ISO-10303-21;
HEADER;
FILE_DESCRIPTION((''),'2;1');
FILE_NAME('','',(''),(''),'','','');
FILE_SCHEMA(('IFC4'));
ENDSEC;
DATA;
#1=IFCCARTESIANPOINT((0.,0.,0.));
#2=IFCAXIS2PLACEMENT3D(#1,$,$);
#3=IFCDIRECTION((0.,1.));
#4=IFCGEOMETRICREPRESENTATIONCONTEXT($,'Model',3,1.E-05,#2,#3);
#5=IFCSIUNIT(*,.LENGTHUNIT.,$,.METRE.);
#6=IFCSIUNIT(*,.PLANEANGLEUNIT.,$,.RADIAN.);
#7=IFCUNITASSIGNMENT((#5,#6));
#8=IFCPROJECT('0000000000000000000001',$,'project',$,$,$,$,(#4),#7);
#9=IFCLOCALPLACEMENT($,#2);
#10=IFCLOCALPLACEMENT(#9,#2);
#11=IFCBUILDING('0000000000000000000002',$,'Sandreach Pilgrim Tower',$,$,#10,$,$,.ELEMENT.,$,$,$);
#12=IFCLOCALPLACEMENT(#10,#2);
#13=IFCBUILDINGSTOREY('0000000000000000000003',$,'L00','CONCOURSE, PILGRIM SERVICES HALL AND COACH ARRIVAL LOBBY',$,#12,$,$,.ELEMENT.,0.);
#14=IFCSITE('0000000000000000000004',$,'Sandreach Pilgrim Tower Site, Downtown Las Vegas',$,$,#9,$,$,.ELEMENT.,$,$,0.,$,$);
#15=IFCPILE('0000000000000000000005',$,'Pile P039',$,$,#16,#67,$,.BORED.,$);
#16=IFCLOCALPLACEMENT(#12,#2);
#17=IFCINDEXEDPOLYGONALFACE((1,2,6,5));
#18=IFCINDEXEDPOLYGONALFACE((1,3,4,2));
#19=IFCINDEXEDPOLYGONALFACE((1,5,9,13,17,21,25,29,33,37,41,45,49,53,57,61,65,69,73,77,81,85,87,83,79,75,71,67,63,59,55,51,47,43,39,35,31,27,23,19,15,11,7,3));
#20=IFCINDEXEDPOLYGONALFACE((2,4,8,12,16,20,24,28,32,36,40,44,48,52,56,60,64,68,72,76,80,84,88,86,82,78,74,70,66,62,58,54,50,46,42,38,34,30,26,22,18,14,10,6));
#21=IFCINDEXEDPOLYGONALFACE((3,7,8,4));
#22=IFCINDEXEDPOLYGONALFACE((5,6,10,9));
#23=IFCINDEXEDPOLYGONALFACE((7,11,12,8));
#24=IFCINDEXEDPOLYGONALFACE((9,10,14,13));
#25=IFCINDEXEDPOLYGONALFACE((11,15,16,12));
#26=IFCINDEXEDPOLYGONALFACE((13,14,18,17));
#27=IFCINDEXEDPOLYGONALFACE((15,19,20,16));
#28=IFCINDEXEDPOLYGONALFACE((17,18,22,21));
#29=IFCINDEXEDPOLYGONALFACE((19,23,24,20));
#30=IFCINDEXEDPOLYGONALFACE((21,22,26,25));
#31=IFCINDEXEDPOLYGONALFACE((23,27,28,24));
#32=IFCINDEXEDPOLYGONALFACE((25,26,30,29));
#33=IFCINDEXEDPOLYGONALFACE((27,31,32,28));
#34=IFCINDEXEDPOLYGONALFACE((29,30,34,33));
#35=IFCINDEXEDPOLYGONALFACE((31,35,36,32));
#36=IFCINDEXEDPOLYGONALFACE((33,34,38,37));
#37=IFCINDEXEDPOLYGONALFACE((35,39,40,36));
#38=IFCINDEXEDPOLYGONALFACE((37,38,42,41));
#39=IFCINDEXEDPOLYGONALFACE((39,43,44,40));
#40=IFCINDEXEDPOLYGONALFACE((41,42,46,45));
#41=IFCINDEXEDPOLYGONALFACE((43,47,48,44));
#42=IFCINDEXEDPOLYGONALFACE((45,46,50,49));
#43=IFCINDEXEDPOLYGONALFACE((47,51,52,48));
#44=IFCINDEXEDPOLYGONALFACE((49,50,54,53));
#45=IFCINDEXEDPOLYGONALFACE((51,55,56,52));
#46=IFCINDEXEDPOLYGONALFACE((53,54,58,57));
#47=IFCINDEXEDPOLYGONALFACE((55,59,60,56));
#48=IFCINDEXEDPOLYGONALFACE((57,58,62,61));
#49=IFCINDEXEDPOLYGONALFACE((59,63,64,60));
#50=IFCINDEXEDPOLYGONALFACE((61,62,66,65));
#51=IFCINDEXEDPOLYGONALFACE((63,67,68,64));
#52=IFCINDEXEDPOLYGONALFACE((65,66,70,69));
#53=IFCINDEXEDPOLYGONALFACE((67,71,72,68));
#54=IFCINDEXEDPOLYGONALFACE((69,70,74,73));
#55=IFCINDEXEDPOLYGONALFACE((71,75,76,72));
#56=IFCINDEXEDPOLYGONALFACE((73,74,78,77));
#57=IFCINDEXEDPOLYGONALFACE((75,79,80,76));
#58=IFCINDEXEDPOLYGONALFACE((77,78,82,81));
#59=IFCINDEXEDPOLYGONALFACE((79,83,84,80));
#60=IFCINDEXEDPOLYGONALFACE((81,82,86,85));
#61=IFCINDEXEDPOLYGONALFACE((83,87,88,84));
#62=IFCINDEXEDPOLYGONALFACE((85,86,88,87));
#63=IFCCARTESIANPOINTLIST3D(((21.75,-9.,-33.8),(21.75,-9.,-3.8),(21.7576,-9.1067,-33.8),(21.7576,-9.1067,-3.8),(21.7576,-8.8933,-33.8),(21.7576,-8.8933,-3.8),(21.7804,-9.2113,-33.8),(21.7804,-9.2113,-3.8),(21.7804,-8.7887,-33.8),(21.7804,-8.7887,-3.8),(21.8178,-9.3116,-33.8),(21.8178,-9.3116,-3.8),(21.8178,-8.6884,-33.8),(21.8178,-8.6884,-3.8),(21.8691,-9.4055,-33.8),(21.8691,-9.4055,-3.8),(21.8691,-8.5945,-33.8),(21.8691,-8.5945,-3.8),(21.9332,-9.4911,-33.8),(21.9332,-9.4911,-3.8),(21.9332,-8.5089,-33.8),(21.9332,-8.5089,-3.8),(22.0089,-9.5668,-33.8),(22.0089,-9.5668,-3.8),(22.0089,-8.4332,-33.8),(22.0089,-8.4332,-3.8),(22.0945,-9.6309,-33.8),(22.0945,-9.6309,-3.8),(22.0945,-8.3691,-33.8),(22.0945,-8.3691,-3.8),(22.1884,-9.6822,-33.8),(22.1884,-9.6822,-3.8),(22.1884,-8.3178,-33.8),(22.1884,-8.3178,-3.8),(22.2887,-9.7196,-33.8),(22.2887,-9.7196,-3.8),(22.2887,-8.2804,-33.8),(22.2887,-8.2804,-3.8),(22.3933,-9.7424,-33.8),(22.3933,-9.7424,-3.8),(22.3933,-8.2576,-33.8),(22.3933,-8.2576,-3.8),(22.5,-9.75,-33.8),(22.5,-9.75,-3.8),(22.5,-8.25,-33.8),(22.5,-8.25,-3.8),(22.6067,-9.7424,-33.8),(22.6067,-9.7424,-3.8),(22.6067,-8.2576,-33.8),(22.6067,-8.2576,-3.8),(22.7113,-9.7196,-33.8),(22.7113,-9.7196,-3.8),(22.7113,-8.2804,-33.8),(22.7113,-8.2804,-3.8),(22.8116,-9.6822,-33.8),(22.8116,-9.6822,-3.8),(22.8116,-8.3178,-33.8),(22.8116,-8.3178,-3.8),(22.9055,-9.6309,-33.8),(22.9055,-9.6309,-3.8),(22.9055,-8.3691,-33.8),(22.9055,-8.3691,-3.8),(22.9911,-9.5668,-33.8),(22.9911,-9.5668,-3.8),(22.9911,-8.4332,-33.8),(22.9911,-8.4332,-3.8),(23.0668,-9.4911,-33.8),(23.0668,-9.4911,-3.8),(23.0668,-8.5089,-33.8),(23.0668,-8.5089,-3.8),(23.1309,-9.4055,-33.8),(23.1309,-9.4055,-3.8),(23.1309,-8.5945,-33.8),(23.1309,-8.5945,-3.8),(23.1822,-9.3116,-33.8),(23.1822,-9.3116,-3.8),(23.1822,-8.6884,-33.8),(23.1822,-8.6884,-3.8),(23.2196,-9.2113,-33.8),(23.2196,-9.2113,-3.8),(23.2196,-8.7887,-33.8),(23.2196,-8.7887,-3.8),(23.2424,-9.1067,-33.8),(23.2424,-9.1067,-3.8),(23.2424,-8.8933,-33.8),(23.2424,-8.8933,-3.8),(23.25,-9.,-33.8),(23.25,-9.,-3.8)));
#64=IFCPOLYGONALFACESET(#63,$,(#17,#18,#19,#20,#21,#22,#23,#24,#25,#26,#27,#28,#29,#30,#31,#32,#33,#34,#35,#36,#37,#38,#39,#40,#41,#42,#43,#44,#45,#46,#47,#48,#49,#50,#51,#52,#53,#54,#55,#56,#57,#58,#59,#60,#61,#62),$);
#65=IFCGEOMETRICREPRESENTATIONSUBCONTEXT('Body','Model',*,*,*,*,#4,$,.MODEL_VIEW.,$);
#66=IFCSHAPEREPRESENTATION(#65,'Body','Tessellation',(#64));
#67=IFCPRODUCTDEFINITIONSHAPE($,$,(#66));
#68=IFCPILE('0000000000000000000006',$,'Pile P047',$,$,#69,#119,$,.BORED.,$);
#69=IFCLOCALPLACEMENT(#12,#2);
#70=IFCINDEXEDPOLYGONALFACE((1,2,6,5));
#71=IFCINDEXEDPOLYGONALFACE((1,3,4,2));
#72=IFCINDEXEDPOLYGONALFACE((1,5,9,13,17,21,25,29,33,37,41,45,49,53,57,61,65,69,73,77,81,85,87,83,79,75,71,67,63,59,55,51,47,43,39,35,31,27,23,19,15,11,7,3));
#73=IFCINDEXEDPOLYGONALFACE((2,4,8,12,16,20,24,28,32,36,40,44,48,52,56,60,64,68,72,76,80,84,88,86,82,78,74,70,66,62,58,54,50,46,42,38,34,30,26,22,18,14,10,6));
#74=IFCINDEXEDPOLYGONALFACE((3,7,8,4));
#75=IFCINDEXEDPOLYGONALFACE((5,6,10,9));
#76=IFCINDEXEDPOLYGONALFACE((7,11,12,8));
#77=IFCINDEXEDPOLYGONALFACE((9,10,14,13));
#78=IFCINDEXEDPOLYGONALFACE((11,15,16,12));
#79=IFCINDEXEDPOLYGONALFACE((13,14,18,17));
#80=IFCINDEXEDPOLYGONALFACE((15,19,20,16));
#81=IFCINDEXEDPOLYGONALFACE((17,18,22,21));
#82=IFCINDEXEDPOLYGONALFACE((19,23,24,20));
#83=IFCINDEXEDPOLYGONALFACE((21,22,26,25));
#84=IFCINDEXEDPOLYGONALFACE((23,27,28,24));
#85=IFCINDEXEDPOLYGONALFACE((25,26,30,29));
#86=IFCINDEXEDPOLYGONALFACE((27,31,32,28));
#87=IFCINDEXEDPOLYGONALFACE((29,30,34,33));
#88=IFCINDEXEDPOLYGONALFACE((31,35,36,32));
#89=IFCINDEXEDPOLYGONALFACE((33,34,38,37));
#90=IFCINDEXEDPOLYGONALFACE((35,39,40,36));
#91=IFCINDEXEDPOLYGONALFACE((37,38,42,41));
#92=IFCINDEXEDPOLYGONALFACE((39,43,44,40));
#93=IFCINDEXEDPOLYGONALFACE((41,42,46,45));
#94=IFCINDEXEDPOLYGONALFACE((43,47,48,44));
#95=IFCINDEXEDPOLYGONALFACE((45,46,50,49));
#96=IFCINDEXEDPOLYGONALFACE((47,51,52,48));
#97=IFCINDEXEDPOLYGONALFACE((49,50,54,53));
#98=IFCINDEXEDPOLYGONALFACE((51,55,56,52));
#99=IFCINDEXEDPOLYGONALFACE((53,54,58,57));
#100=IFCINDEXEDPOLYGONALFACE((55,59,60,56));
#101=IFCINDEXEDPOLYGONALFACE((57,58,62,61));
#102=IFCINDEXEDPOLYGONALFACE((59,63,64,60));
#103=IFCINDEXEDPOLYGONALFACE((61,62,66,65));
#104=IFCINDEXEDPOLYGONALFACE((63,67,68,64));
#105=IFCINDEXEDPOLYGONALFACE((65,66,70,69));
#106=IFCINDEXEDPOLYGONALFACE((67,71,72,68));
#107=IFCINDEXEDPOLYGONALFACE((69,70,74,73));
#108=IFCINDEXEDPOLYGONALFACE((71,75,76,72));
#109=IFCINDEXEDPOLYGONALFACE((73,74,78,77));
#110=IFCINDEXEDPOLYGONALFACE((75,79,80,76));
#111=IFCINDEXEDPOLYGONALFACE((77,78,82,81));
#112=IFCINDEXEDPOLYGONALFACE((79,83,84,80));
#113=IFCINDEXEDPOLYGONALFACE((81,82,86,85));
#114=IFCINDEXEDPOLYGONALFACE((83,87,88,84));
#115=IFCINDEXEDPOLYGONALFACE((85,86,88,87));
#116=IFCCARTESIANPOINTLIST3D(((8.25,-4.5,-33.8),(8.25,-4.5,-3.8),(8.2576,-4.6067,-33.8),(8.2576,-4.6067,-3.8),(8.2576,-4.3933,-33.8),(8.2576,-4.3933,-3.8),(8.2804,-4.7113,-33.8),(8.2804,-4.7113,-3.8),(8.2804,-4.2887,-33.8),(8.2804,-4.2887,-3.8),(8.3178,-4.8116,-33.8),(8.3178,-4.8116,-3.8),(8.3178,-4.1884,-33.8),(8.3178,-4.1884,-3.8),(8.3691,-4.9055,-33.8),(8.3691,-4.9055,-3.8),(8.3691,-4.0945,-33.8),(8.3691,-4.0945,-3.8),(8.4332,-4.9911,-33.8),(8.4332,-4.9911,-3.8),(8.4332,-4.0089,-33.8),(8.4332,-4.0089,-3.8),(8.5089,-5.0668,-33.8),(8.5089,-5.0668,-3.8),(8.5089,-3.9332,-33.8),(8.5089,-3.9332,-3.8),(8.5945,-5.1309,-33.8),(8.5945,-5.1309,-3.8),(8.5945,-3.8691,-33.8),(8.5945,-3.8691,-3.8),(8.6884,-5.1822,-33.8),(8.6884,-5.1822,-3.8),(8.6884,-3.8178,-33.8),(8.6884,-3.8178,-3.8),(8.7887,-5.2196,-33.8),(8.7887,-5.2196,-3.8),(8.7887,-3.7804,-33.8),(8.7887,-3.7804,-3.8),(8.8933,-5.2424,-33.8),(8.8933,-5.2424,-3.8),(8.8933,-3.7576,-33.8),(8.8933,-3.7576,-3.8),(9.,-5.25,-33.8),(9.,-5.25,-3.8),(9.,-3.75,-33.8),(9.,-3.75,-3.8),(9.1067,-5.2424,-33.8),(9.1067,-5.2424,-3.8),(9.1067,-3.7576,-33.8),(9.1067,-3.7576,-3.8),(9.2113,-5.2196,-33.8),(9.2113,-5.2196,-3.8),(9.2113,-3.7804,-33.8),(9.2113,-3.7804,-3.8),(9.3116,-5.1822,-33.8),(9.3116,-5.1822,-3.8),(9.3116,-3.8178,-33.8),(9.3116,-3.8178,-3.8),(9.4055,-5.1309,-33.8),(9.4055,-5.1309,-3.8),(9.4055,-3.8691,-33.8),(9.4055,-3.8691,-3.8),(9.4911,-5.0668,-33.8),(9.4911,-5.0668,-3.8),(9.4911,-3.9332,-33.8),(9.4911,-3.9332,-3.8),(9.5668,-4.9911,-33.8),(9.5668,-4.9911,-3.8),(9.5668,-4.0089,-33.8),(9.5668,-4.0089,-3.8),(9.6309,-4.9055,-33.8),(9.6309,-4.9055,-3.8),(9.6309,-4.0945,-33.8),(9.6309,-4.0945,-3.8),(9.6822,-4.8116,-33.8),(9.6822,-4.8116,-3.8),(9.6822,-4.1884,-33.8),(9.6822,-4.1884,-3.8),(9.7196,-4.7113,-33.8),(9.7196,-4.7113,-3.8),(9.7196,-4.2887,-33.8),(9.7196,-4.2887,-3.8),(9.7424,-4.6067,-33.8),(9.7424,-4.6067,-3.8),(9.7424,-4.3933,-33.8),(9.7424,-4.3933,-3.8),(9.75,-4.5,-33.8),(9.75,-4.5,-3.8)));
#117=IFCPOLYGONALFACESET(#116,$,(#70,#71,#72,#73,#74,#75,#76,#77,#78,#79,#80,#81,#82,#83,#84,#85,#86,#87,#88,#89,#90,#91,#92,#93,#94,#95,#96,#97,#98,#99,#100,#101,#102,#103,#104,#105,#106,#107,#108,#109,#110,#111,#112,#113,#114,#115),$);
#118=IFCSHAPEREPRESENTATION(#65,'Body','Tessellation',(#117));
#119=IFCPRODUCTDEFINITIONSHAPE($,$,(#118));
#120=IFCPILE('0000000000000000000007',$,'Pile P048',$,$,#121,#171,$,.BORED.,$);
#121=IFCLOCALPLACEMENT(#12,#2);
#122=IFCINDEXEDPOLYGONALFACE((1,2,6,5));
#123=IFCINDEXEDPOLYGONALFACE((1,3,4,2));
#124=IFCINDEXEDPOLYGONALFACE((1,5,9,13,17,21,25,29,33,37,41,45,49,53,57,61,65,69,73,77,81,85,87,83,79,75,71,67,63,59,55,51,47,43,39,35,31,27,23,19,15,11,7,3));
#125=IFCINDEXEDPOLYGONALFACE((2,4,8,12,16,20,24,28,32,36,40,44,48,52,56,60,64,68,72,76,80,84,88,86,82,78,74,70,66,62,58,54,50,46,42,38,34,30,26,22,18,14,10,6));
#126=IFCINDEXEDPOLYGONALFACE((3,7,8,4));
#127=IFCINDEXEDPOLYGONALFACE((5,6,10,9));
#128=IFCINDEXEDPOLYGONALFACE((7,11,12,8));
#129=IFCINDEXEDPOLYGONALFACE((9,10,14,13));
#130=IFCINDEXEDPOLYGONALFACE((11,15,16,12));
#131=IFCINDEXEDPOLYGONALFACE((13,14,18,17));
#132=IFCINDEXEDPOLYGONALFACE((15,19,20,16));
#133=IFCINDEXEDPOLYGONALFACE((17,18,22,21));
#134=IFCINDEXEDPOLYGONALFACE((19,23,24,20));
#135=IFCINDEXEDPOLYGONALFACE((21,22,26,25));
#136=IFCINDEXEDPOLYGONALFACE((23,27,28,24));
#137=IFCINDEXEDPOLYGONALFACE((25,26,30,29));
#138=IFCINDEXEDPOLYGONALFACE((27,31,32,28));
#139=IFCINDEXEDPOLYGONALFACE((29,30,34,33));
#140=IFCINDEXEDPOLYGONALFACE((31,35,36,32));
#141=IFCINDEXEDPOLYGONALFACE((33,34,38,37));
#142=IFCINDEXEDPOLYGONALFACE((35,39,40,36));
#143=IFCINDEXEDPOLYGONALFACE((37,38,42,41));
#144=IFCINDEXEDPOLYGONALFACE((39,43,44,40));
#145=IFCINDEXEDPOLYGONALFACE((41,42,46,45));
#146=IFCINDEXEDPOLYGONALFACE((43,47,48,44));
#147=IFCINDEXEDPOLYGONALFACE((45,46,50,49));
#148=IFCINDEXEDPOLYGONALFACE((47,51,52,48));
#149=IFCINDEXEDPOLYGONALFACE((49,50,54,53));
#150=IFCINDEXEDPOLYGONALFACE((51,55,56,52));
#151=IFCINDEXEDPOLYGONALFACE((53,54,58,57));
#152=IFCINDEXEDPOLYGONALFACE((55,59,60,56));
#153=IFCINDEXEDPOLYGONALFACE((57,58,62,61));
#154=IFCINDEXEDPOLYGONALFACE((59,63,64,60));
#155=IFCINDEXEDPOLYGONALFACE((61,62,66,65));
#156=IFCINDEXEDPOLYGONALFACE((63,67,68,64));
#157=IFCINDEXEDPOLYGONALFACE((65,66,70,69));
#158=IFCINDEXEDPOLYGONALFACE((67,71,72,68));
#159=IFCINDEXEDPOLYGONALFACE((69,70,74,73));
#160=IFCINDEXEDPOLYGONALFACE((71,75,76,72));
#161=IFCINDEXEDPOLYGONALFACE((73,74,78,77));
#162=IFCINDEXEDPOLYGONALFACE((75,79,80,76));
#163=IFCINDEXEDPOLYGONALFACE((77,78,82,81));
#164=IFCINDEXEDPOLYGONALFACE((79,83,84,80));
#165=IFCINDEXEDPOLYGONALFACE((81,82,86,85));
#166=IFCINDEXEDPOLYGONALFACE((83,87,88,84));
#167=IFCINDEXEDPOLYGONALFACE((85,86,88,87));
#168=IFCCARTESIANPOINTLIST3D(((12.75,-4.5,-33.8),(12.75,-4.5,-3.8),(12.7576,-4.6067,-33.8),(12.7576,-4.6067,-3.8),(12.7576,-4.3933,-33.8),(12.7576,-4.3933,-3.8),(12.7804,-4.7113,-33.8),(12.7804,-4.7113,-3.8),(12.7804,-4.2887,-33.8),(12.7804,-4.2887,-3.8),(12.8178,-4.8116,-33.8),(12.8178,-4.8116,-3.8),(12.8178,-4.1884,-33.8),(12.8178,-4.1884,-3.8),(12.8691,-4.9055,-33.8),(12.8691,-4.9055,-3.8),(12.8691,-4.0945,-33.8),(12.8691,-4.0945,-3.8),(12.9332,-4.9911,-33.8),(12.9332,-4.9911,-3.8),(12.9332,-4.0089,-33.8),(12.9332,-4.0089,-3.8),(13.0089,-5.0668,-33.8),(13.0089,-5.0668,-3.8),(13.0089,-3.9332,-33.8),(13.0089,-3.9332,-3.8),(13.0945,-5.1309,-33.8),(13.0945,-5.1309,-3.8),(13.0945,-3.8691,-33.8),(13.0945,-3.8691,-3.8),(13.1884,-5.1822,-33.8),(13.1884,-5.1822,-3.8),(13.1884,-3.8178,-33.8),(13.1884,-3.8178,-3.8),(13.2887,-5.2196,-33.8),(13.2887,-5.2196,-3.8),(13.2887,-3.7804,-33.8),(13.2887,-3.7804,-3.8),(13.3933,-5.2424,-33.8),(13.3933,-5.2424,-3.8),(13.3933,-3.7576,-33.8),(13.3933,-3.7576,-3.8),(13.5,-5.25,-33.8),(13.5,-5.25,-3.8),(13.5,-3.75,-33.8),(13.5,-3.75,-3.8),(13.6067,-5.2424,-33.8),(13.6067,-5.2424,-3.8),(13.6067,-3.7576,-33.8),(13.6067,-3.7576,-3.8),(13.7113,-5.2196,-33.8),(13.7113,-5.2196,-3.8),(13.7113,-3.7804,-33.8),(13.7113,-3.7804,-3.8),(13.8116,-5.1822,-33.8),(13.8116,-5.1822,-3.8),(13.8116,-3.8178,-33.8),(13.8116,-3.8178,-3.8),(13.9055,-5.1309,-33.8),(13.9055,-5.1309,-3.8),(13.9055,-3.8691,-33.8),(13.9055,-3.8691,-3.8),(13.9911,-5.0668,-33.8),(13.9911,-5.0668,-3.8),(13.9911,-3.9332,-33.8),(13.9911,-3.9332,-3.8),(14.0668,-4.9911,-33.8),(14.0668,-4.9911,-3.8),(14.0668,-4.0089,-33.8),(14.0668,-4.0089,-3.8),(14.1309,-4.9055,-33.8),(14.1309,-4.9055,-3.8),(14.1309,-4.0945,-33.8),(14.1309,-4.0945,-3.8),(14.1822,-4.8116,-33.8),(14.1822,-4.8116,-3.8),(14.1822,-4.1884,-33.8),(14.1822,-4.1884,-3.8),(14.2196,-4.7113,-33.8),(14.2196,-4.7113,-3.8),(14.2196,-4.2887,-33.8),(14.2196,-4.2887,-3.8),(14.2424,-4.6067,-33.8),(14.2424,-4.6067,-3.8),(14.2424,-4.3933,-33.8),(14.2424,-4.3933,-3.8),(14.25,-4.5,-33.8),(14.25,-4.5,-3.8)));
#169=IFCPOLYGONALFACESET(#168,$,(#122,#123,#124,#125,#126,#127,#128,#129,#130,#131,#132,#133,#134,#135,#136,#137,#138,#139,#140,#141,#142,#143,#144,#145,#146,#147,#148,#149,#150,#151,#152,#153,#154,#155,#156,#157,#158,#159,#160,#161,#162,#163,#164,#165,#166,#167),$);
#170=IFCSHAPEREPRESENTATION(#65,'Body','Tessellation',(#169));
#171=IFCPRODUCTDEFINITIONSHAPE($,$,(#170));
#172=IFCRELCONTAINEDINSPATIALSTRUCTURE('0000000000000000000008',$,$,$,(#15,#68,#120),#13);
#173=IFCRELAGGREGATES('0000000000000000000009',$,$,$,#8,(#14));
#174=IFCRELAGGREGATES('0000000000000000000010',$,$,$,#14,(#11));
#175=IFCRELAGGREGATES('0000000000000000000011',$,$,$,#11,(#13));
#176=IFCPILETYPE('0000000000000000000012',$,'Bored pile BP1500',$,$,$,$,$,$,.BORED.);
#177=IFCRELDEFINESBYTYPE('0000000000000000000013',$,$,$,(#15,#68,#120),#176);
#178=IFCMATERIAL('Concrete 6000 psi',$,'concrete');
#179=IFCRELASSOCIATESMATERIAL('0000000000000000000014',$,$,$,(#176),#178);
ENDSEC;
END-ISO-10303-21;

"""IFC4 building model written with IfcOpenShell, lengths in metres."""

from ifc_helpers import new_model, si_unit, direction, frame, origin, origin_2d, place, context, subcontext, project, spatial, circle, extrude, material, material_profile, profile_set, type_object, element, save


model = new_model("IFC4")

# Units and contexts
model_context = context("Model", 3, precision=1e-05, world=origin(), true_north=direction((0.0, 1.0)))
body_context = subcontext(model_context, "Body", "Model", "MODEL_VIEW")
ifc_project = project(units=[si_unit("LENGTHUNIT", "METRE"), si_unit("PLANEANGLEUNIT", "RADIAN")], contexts=[model_context])

# Site, building, storey
site_placement = place(None, origin())
site = spatial("IfcSite", under=ifc_project, at=site_placement, Name="Sandreach Pilgrim Tower Site, Downtown Las Vegas", CompositionType="ELEMENT", RefElevation=0.0)
building_placement = place(site_placement, origin())
building = spatial("IfcBuilding", under=site, at=building_placement, Name="Sandreach Pilgrim Tower", CompositionType="ELEMENT")
storey_placement = place(building_placement, origin())
storey = spatial("IfcBuildingStorey", under=building, at=storey_placement, Name="L00", Description="CONCOURSE, PILGRIM SERVICES HALL AND COACH ARRIVAL LOBBY", CompositionType="ELEMENT", Elevation=0.0)

# Piles
ifc_material_1 = material(Name="Concrete 6000 psi", Category="concrete")
ifc_material_profile_1 = material_profile(ifc_material_1, circle(Radius=0.75, at=origin_2d()), Name="BP1500")
ifc_profile_set_1 = profile_set([ifc_material_profile_1], Name="Concrete 6000 psi")
pile_type = type_object("IfcPileType", Name="Bored pile BP1500", PredefinedType="BORED", material=ifc_profile_set_1)
for number, where, z_axis, x_axis, name in (
    (1, (22.5, -9.0, -3.8), (0.0, 0.0, -1.0), (1.0, 0.0, 0.0), "Pile P039"),
    (2, (9.0, -4.5, -3.8), (0.0, 0.0, -1.0), (1.0, 0.0, 0.0), "Pile P047"),
    (3, (13.5, -4.5, -3.8), (0.0, 0.0, -1.0), (1.0, 0.0, 0.0), "Pile P048"),
):
    element("IfcPile", number, at=place(storey_placement, frame(where, z_axis=z_axis, x_axis=x_axis)), inside=storey, type_object=pile_type, Name=name, PredefinedType="BORED", context=body_context, shape_type="SweptSolid", body=[
        extrude(circle(Radius=0.75, at=origin_2d()), origin(), (0.0, 0.0, 1.0), 30.0),
    ])

save(model, "model.ifc")
